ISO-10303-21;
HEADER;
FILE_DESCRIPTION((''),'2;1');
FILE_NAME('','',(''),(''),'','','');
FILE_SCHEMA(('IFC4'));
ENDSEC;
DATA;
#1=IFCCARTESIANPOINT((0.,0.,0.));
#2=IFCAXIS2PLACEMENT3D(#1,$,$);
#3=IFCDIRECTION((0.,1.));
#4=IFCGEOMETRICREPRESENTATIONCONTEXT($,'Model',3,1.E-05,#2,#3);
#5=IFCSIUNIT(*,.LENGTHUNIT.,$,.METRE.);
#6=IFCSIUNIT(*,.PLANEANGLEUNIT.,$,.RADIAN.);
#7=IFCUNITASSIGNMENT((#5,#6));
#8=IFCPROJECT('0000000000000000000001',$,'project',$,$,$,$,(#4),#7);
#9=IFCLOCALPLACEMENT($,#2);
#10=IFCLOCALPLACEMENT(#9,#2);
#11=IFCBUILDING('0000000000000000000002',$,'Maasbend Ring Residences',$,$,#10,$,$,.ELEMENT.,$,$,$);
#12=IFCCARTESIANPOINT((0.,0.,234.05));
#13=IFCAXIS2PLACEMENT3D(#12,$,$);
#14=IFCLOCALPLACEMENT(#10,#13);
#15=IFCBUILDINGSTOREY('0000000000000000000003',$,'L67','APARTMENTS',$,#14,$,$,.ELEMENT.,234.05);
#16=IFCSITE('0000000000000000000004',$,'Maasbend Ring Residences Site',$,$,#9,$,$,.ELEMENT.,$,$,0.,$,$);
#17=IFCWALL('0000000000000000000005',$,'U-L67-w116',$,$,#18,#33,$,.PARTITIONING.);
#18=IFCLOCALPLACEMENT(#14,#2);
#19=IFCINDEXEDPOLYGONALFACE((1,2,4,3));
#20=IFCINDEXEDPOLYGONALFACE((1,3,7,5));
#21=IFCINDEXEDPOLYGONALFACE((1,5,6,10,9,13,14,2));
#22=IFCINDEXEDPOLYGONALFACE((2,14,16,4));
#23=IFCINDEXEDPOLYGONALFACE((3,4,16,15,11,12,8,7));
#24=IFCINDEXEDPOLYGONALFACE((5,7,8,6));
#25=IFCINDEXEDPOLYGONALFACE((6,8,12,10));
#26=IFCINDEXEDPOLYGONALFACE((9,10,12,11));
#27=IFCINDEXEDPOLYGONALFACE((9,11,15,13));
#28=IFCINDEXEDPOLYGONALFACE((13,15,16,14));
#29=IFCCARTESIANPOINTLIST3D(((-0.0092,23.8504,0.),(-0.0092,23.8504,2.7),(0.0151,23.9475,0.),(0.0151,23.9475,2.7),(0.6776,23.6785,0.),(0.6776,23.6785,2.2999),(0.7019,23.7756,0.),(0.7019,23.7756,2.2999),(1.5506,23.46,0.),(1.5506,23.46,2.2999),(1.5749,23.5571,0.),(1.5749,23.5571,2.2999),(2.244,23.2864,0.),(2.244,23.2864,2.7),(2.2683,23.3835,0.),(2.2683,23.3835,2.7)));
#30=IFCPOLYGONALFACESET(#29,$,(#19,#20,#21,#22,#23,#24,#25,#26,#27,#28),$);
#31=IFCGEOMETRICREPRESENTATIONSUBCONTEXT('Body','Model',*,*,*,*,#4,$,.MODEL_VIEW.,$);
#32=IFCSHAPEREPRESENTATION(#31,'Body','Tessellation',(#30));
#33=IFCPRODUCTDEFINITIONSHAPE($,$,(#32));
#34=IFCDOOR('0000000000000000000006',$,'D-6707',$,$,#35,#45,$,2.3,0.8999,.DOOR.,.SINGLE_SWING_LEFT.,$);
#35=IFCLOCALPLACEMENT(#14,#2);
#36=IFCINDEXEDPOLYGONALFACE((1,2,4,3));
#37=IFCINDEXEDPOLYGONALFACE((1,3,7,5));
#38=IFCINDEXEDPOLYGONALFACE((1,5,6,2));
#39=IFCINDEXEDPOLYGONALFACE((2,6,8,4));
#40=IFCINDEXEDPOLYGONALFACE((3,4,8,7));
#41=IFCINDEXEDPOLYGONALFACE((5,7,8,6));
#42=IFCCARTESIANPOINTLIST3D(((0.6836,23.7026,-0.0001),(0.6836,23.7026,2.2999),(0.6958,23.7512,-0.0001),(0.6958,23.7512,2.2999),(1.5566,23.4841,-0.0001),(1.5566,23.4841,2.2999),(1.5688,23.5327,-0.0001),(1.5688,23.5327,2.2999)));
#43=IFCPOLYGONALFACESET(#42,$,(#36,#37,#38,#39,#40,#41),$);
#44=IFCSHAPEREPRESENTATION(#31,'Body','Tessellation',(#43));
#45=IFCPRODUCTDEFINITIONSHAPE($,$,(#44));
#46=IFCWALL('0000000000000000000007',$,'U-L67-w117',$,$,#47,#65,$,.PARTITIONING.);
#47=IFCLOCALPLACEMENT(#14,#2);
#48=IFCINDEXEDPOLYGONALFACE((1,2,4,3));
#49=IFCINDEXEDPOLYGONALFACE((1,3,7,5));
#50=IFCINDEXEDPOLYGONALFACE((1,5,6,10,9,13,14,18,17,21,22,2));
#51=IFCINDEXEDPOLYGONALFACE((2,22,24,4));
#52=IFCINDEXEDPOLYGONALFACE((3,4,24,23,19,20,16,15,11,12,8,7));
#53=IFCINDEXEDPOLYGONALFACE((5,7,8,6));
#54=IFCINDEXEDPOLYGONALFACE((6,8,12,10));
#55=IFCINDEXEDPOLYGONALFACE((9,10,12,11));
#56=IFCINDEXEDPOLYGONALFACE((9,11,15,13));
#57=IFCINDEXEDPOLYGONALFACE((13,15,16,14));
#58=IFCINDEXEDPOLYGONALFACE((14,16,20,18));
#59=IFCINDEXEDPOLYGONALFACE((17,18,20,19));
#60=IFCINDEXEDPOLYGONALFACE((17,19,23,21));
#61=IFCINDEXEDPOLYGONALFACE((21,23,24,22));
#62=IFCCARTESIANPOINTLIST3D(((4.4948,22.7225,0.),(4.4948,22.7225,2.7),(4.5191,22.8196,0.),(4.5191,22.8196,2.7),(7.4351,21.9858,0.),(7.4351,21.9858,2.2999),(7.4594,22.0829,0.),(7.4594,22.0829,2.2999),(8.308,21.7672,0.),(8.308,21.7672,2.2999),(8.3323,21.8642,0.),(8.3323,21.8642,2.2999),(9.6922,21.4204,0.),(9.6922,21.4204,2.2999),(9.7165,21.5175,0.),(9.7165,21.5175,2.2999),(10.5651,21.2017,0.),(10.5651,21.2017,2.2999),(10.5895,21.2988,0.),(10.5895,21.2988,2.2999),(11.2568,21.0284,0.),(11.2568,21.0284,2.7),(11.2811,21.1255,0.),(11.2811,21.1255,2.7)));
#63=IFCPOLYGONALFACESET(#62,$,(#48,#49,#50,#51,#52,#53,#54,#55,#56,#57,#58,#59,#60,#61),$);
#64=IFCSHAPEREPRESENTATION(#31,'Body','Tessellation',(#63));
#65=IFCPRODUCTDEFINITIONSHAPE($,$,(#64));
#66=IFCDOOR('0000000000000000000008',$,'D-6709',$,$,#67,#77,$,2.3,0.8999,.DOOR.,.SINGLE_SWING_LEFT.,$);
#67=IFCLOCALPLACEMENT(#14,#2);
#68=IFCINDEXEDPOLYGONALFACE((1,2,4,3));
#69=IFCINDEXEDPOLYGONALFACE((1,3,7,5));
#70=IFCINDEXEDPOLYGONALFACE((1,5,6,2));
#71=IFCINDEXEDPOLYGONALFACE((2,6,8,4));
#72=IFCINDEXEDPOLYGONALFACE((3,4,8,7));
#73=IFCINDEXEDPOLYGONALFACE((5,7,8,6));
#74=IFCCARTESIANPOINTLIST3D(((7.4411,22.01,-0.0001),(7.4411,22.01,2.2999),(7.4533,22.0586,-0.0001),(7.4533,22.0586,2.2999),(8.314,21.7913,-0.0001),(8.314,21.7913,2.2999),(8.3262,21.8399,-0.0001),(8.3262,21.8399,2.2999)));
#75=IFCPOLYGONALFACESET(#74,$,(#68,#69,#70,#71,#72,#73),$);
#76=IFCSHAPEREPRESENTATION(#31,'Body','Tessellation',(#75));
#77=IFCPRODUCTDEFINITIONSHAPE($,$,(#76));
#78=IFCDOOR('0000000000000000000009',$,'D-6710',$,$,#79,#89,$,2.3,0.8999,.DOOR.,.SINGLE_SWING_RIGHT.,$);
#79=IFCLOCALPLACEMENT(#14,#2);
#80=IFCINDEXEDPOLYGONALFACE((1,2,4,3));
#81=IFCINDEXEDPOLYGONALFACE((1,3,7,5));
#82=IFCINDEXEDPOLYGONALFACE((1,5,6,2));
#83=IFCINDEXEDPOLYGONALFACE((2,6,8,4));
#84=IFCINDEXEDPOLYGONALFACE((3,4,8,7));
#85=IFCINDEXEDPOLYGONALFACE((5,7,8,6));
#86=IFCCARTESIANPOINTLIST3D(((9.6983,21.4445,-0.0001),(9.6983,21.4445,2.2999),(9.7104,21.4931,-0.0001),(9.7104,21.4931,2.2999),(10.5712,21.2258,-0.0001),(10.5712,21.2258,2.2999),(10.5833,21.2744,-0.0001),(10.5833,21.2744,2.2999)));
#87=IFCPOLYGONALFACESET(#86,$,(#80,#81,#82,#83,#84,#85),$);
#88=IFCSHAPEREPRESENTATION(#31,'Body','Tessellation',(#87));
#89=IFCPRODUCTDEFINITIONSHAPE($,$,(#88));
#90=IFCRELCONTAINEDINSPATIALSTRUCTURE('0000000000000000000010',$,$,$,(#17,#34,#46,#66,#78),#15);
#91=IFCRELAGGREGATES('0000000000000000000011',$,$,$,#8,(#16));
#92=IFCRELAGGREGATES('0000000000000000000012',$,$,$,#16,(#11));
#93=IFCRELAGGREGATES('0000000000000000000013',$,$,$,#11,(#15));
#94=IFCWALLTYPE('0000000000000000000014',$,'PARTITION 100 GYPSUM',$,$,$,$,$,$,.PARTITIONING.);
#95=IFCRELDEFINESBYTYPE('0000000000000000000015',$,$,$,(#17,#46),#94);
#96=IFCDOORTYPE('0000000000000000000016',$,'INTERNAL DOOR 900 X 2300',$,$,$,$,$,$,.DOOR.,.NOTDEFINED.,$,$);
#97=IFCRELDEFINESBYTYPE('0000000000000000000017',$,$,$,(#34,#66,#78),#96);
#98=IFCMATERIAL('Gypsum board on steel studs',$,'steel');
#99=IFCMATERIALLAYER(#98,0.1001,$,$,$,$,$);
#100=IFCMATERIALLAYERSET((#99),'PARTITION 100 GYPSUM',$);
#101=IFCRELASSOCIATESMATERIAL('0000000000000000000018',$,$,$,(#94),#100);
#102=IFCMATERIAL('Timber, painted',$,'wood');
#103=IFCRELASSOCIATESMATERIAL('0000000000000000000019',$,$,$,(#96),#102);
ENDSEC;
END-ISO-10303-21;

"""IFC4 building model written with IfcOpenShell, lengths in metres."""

from ifc_helpers import new_model, si_unit, direction, frame, frame_2d, origin, place, context, subcontext, project, spatial, rectangle, extrude, material, layer, layer_set, type_object, element, fill, save


model = new_model("IFC4")

# Units and contexts
model_context = context("Model", 3, precision=1e-05, world=origin(), true_north=direction((0.0, 1.0)))
body_context = subcontext(model_context, "Body", "Model", "MODEL_VIEW")
ifc_project = project(units=[si_unit("LENGTHUNIT", "METRE"), si_unit("PLANEANGLEUNIT", "RADIAN")], contexts=[model_context])

# Site, building, storey
site_placement = place(None, origin())
site = spatial("IfcSite", under=ifc_project, at=site_placement, Name="Maasbend Ring Residences Site", CompositionType="ELEMENT", RefElevation=0.0)
building_placement = place(site_placement, origin())
building = spatial("IfcBuilding", under=site, at=building_placement, Name="Maasbend Ring Residences", CompositionType="ELEMENT")
storey_placement = place(building_placement, frame((0.0, 0.0, 234.05)))
storey = spatial("IfcBuildingStorey", under=building, at=storey_placement, Name="L67", Description="APARTMENTS", CompositionType="ELEMENT", Elevation=234.05)

# Wall, opening, door
ifc_material_1 = material(Name="Gypsum board on steel studs", Category="steel")
ifc_layer_1 = layer(ifc_material_1, 0.1001)
ifc_layer_set_1 = layer_set([ifc_layer_1], Name="PARTITION 100 GYPSUM")
wall_type_1 = type_object("IfcWallType", Name="PARTITION 100 GYPSUM", PredefinedType="PARTITIONING", material=ifc_layer_set_1)
wall_1_placement = place(storey_placement, frame((0.0029, 23.8989, 0.0), z_axis=(0.0, 0.0, 1.0), x_axis=(0.970074, -0.242808, 0.0)))
wall_1 = element("IfcWall", 1, at=wall_1_placement, inside=storey, type_object=wall_type_1, Name="U-L67-w116", PredefinedType="PARTITIONING", context=body_context, shape_type="SweptSolid", body=[
    extrude(rectangle(XDim=2.3228, YDim=0.1001, at=frame_2d((1.1614, 0.0))), origin(), (0.0, 0.0, 1.0), 2.7),
])
opening_1_placement = place(wall_1_placement, frame((0.708, 0.0, 0.0)))
opening_1 = element("IfcOpeningElement", 2, at=opening_1_placement, cuts=wall_1, PredefinedType="OPENING", context=body_context, shape_type="SweptSolid", body=[
    extrude(rectangle(XDim=0.8999, YDim=2.3, at=frame_2d((0.45, 1.1499))), frame((0.0, 0.0601, 0.0), z_axis=(0.0, -1.0, 0.0), x_axis=(1.0, 0.0, 0.0)), (0.0, 0.0, 1.0), 0.1201),
])
ifc_material_2 = material(Name="Timber, painted", Category="wood")
door_type_1 = type_object("IfcDoorType", Name="INTERNAL DOOR 900 X 2300", OperationType="NOTDEFINED", PredefinedType="DOOR", material=ifc_material_2)
door_1_placement = place(opening_1_placement, origin())
door_1 = element("IfcDoor", 3, at=door_1_placement, inside=storey, type_object=door_type_1, Name="D-6707", OperationType="SINGLE_SWING_LEFT", OverallHeight=2.3, OverallWidth=0.8999, PredefinedType="DOOR", context=body_context, shape_type="SweptSolid", body=[
    extrude(rectangle(XDim=0.8999, YDim=2.3, at=frame_2d((0.45, 1.1499))), frame((0.0, 0.0249, 0.0), z_axis=(0.0, -1.0, 0.0), x_axis=(1.0, 0.0, 0.0)), (0.0, 0.0, 1.0), 0.05),
])
fill(opening_1, door_1)

# Wall, openings, doors
wall_2_placement = place(storey_placement, frame((4.5071, 22.771, 0.0), z_axis=(0.0, 0.0, 1.0), x_axis=(0.970021, -0.243022, 0.0)))
wall_2 = element("IfcWall", 4, at=wall_2_placement, inside=storey, type_object=wall_type_1, Name="U-L67-w117", PredefinedType="PARTITIONING", context=body_context, shape_type="SweptSolid", body=[
    extrude(rectangle(XDim=6.9709, YDim=0.1001, at=frame_2d((3.4854, 0.0))), origin(), (0.0, 0.0, 1.0), 2.7),
])
opening_2_placement = place(wall_2_placement, frame((3.031, 0.0, 0.0)))
opening_2 = element("IfcOpeningElement", 5, at=opening_2_placement, cuts=wall_2, PredefinedType="OPENING", context=body_context, shape_type="SweptSolid", body=[
    extrude(rectangle(XDim=0.8999, YDim=2.3, at=frame_2d((0.45, 1.1499))), frame((0.0, 0.0601, 0.0), z_axis=(0.0, -1.0, 0.0), x_axis=(1.0, 0.0, 0.0)), (0.0, 0.0, 1.0), 0.1201),
])
opening_3_placement = place(wall_2_placement, frame((5.3579, 0.0, 0.0)))
opening_3 = element("IfcOpeningElement", 6, at=opening_3_placement, cuts=wall_2, PredefinedType="OPENING", context=body_context, shape_type="SweptSolid", body=[
    extrude(rectangle(XDim=0.8999, YDim=2.3, at=frame_2d((0.45, 1.1499))), frame((0.0, 0.0601, 0.0), z_axis=(0.0, -1.0, 0.0), x_axis=(1.0, 0.0, 0.0)), (0.0, 0.0, 1.0), 0.1201),
])
door_2_placement = place(opening_2_placement, origin())
door_2 = element("IfcDoor", 7, at=door_2_placement, inside=storey, type_object=door_type_1, Name="D-6709", OperationType="SINGLE_SWING_LEFT", OverallHeight=2.3, OverallWidth=0.8999, PredefinedType="DOOR", context=body_context, shape_type="SweptSolid", body=[
    extrude(rectangle(XDim=0.8999, YDim=2.3, at=frame_2d((0.45, 1.1499))), frame((0.0, 0.0249, 0.0), z_axis=(0.0, -1.0, 0.0), x_axis=(1.0, 0.0, 0.0)), (0.0, 0.0, 1.0), 0.05),
])
fill(opening_2, door_2)
door_3_placement = place(opening_3_placement, origin())
door_3 = element("IfcDoor", 8, at=door_3_placement, inside=storey, type_object=door_type_1, Name="D-6710", OperationType="SINGLE_SWING_RIGHT", OverallHeight=2.3, OverallWidth=0.8999, PredefinedType="DOOR", context=body_context, shape_type="SweptSolid", body=[
    extrude(rectangle(XDim=0.8999, YDim=2.3, at=frame_2d((0.45, 1.1499))), frame((0.0, 0.0249, 0.0), z_axis=(0.0, -1.0, 0.0), x_axis=(1.0, 0.0, 0.0)), (0.0, 0.0, 1.0), 0.05),
])
fill(opening_3, door_3)

save(model, "model.ifc")
